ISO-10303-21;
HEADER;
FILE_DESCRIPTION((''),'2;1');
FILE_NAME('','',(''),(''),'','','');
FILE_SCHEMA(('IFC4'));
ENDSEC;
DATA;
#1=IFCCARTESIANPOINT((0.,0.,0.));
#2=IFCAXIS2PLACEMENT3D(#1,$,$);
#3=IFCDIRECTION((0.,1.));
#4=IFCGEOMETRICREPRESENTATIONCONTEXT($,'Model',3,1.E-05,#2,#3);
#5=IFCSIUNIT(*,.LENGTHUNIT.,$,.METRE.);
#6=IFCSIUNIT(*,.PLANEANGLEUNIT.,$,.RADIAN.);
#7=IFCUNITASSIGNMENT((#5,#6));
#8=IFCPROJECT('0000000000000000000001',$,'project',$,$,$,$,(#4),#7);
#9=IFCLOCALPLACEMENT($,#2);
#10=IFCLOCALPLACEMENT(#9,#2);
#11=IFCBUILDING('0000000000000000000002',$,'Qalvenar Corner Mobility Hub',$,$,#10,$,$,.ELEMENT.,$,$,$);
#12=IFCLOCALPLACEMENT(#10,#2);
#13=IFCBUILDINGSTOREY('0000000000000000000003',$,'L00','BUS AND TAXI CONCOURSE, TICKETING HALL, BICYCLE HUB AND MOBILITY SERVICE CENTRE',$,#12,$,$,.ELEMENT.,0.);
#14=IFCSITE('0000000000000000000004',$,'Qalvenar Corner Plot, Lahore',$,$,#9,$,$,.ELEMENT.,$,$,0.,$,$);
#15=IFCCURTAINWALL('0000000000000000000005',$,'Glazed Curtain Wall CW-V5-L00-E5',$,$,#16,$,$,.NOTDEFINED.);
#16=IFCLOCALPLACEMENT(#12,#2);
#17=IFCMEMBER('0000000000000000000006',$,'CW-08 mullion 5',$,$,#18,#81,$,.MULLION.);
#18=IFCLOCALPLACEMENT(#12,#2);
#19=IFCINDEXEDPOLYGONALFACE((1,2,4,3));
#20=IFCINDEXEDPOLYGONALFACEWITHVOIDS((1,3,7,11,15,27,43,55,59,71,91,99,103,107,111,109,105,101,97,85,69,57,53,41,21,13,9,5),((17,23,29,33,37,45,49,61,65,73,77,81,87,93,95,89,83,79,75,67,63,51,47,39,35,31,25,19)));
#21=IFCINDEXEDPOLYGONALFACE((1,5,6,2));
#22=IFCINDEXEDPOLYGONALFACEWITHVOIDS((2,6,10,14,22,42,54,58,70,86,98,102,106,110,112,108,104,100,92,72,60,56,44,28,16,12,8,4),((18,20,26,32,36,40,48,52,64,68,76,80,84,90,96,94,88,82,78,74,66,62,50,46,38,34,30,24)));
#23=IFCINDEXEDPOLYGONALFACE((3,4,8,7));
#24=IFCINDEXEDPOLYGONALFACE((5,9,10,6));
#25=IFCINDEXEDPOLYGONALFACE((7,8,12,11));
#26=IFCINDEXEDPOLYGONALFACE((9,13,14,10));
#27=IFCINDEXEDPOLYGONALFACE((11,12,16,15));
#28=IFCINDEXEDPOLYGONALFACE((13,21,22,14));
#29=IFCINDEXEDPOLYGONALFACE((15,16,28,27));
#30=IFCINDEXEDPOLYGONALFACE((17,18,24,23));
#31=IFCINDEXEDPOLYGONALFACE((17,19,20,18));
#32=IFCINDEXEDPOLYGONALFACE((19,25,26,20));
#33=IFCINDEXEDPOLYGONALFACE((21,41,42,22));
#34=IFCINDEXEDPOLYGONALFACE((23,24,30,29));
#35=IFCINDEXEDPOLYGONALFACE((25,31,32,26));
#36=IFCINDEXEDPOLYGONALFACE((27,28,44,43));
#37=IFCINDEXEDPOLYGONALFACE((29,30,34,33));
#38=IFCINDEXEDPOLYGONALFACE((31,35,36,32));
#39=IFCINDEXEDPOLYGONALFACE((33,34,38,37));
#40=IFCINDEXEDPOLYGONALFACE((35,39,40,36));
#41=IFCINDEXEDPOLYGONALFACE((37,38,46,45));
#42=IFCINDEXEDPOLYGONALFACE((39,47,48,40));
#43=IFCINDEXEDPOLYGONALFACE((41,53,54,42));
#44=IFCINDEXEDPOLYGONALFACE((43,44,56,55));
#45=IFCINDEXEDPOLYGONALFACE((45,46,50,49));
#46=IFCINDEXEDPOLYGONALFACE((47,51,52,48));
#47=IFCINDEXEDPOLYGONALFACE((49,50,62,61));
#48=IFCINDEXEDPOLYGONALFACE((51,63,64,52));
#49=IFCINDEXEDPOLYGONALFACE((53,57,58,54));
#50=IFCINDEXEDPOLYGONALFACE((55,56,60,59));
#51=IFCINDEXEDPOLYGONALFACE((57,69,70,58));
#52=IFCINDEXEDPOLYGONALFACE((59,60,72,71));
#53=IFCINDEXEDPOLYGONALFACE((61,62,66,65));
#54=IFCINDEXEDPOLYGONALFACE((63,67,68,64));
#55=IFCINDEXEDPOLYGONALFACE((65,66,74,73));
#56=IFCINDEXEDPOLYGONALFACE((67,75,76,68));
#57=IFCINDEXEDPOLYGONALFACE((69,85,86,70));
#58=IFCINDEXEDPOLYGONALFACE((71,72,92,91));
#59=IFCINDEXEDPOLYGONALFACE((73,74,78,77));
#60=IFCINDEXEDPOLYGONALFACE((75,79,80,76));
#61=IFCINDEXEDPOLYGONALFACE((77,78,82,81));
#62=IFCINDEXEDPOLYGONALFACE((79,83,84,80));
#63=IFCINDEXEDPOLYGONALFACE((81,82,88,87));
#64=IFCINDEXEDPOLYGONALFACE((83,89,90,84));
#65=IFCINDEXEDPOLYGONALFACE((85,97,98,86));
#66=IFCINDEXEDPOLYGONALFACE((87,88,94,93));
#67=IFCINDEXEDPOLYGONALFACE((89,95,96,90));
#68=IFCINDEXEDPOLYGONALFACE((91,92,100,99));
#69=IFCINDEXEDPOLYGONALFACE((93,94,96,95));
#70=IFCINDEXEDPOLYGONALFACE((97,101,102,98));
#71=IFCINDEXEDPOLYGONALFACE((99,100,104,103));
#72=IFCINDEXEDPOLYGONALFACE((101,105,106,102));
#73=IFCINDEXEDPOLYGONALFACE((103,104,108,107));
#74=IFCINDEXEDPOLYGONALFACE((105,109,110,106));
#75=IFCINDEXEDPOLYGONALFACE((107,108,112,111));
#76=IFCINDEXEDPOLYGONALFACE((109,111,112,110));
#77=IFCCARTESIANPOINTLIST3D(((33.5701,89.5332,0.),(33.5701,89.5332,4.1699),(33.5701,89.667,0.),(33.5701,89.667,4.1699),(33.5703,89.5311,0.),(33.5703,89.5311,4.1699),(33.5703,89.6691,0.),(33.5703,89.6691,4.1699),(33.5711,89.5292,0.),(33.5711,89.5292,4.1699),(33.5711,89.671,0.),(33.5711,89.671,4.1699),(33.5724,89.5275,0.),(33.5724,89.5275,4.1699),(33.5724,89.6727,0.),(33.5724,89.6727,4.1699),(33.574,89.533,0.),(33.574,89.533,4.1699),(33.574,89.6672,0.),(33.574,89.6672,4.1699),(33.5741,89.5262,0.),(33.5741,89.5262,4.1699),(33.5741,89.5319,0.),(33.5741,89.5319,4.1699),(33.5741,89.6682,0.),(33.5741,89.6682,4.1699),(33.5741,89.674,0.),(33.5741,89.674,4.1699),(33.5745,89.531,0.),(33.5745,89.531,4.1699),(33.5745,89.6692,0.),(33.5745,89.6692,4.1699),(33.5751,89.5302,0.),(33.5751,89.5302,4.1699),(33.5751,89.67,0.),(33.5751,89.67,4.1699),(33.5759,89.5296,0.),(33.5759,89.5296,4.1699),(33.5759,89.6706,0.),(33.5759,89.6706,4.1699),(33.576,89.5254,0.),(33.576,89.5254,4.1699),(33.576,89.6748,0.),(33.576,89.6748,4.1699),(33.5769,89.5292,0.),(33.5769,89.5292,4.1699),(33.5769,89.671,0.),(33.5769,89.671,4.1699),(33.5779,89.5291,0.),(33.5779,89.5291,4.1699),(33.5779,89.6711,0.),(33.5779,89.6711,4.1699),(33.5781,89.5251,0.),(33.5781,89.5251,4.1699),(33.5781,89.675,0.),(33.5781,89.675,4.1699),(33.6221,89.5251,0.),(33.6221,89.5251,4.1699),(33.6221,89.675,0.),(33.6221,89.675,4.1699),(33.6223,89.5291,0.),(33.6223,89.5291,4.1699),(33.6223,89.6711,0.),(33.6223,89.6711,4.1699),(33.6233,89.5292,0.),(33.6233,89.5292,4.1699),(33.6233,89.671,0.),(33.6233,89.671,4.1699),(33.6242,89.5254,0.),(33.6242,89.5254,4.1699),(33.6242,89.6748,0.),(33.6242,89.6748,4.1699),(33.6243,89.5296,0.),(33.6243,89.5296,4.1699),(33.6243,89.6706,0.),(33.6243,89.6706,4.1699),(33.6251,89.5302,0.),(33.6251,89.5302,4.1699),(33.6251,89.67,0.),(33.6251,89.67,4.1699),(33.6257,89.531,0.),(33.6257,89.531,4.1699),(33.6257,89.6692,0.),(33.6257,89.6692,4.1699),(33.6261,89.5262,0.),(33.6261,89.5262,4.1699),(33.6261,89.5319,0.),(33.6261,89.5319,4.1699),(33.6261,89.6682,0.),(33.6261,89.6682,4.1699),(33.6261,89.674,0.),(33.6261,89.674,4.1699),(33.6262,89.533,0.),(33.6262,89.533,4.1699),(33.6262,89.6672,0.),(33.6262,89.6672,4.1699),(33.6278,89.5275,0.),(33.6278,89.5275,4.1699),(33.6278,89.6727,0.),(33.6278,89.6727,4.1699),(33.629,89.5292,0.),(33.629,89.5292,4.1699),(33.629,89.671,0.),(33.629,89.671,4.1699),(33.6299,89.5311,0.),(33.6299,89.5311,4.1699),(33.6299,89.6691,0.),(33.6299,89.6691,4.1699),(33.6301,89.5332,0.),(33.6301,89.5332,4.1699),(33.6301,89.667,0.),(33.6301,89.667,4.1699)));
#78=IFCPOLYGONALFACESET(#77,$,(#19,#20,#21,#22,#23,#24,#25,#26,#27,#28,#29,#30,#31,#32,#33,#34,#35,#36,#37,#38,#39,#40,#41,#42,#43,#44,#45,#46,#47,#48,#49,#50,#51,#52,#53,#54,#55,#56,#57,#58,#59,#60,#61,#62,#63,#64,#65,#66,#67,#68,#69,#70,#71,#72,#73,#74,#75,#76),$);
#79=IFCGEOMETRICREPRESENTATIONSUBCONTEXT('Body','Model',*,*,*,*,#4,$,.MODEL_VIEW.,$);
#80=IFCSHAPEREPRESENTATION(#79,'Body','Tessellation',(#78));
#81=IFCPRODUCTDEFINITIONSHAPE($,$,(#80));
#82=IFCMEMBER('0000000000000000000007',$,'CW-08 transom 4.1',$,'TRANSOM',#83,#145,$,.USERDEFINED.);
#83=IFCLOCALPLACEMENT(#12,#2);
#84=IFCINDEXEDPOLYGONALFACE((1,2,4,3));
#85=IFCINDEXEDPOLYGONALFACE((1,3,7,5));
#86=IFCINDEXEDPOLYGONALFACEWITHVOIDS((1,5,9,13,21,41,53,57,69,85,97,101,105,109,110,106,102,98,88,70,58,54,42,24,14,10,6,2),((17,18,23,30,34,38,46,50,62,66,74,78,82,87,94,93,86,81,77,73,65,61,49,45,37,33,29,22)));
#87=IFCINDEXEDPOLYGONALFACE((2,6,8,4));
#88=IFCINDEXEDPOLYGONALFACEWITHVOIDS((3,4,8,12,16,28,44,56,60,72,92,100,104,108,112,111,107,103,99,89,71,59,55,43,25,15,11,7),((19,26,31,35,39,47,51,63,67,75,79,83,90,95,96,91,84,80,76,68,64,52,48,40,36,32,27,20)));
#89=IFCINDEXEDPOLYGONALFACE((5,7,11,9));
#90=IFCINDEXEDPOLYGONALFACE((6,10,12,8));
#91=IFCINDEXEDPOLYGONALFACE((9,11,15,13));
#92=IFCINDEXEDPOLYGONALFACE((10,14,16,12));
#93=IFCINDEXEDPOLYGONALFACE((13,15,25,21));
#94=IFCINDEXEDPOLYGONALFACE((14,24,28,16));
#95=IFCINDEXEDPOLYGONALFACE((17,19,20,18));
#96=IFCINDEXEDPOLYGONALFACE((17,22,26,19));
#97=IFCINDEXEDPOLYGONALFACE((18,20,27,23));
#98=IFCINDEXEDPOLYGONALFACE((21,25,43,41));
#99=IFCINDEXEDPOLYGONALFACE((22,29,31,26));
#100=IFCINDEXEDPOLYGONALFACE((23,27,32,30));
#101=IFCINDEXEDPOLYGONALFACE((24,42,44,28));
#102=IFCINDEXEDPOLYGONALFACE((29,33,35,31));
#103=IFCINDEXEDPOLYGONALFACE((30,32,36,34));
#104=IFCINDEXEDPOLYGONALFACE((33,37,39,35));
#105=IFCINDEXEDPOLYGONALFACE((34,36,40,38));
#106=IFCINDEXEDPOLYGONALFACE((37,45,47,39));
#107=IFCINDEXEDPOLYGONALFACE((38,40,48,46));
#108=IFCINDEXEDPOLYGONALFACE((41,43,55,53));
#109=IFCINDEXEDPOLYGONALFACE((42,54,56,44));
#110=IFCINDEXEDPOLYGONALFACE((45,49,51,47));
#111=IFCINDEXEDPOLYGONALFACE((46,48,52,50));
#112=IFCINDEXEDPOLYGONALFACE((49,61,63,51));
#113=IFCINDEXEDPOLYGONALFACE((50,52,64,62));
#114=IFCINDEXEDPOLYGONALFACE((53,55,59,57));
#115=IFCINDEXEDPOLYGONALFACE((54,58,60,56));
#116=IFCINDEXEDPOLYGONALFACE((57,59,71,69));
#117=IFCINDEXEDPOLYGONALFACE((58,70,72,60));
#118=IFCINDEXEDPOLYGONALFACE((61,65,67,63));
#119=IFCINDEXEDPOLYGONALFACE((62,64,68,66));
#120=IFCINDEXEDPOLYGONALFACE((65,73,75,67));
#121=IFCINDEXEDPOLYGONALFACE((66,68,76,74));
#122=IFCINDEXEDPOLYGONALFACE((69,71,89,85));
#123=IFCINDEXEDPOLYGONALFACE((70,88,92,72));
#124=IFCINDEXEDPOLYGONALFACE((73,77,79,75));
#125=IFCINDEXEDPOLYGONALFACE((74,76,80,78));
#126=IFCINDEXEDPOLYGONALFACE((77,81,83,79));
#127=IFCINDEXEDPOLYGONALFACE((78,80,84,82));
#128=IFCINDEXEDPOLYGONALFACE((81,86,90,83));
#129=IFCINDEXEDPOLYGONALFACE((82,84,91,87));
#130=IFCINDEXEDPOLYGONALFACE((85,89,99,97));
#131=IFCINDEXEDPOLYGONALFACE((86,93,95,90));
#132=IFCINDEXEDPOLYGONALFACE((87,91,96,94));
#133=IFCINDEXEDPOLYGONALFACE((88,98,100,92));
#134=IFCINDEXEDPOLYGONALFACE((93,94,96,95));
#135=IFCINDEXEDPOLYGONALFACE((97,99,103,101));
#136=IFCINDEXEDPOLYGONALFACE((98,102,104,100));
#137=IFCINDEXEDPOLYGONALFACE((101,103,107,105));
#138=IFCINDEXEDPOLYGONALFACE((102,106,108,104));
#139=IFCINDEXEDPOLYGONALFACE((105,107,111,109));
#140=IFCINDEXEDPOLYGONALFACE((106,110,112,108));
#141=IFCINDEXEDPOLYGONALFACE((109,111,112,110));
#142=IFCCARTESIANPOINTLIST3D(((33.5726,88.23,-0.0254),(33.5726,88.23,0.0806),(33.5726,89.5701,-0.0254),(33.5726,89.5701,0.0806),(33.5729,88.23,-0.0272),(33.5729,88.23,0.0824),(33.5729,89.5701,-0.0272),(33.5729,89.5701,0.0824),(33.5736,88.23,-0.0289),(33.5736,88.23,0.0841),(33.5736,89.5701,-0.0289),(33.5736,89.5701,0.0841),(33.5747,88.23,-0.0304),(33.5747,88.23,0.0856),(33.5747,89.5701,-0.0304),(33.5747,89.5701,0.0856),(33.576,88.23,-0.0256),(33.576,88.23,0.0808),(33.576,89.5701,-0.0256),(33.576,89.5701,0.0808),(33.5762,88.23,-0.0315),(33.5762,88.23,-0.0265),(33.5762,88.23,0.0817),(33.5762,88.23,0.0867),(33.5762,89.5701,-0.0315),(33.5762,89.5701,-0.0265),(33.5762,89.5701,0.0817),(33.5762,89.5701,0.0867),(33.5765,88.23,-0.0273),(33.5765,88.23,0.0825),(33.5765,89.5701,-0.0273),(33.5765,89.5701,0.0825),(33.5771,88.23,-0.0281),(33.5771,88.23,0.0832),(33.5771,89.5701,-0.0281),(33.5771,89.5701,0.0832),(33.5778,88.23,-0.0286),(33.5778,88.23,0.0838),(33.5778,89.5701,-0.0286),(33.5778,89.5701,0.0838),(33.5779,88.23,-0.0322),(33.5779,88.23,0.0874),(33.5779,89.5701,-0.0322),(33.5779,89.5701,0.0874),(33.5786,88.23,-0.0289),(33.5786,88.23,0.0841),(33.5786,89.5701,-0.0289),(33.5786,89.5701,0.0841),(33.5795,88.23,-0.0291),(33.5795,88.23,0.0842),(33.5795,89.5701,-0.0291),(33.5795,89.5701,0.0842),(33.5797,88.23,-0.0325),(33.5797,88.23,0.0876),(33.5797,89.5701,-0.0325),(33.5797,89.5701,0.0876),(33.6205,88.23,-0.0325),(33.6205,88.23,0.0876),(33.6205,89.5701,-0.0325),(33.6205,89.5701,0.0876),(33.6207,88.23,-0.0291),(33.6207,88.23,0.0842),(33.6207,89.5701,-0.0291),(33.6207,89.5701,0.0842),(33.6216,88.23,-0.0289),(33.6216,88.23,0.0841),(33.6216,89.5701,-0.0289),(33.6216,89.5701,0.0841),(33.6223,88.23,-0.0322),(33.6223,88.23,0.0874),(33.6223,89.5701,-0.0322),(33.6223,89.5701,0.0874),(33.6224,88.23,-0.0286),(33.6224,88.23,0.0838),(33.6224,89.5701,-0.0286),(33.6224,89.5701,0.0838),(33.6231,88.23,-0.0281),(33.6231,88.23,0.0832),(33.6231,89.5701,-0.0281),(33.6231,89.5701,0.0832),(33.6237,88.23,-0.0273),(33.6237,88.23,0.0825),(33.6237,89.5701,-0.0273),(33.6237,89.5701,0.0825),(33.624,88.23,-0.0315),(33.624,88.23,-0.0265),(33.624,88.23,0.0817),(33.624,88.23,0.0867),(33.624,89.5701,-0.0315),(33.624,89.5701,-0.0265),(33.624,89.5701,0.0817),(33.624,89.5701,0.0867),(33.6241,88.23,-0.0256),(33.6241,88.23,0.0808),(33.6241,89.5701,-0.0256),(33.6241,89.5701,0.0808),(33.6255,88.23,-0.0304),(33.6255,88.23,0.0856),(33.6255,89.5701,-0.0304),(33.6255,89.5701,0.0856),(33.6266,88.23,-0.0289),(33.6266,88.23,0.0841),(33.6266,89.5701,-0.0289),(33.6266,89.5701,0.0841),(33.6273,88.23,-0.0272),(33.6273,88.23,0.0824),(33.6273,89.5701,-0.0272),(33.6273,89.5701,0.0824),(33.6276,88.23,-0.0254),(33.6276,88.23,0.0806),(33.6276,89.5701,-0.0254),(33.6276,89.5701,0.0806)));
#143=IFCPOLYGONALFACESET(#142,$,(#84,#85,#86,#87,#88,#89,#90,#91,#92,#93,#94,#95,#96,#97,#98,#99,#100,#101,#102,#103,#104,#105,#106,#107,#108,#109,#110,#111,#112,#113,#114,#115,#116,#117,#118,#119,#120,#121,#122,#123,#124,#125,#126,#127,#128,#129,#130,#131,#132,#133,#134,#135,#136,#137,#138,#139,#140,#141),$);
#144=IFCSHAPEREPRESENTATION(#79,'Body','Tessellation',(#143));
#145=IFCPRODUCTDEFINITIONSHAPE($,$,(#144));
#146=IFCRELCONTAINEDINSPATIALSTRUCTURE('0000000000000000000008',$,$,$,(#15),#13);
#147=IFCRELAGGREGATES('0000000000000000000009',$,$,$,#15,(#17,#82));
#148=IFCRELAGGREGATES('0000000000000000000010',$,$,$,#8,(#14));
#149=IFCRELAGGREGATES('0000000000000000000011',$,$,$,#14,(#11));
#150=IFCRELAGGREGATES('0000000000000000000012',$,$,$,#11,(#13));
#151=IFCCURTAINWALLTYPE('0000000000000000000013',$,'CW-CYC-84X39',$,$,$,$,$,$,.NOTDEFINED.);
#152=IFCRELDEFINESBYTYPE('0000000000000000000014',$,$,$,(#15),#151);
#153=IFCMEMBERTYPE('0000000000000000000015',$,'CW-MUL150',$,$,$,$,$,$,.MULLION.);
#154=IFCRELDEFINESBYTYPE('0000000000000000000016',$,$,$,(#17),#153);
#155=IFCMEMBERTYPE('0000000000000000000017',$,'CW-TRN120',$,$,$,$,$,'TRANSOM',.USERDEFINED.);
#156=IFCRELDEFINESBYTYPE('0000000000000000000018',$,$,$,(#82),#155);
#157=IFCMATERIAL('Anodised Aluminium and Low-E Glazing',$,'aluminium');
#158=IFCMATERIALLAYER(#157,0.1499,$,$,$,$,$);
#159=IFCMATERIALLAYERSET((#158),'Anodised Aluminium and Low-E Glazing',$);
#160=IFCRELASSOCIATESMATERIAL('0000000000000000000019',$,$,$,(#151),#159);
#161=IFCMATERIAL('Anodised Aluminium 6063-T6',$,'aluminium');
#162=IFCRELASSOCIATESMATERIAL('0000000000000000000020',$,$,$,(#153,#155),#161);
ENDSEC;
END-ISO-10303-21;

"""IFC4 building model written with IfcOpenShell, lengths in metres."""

from ifc_helpers import new_model, si_unit, direction, frame, origin, origin_2d, place, context, subcontext, project, spatial, hollow_rectangle, extrude, material, layer, layer_set, material_profile, profile_set, type_object, element, aggregate, save


model = new_model("IFC4")

# Units and contexts
model_context = context("Model", 3, precision=1e-05, world=origin(), true_north=direction((0.0, 1.0)))
body_context = subcontext(model_context, "Body", "Model", "MODEL_VIEW")
ifc_project = project(units=[si_unit("LENGTHUNIT", "METRE"), si_unit("PLANEANGLEUNIT", "RADIAN")], contexts=[model_context])

# Site, building, storey
site_placement = place(None, origin())
site = spatial("IfcSite", under=ifc_project, at=site_placement, Name="Qalvenar Corner Plot, Lahore", CompositionType="ELEMENT", RefElevation=0.0)
building_placement = place(site_placement, origin())
building = spatial("IfcBuilding", under=site, at=building_placement, Name="Qalvenar Corner Mobility Hub", CompositionType="ELEMENT")
storey_placement = place(building_placement, origin())
storey = spatial("IfcBuildingStorey", under=building, at=storey_placement, Name="L00", Description="BUS AND TAXI CONCOURSE, TICKETING HALL, BICYCLE HUB AND MOBILITY SERVICE CENTRE", CompositionType="ELEMENT", Elevation=0.0)

# Curtain wall, members
ifc_material_1 = material(Name="Anodised Aluminium and Low-E Glazing", Category="aluminium")
ifc_layer_1 = layer(ifc_material_1, 0.1499)
ifc_layer_set_1 = layer_set([ifc_layer_1], Name="Anodised Aluminium and Low-E Glazing")
curtain_wall_type = type_object("IfcCurtainWallType", Name="CW-CYC-84X39", PredefinedType="NOTDEFINED", material=ifc_layer_set_1)
curtain_wall_placement = place(storey_placement, origin())
curtain_wall = element("IfcCurtainWall", 1, at=curtain_wall_placement, inside=storey, type_object=curtain_wall_type, Name="Glazed Curtain Wall CW-V5-L00-E5", PredefinedType="NOTDEFINED")
ifc_material_2 = material(Name="Anodised Aluminium 6063-T6", Category="aluminium")
ifc_material_profile_1 = material_profile(ifc_material_2, hollow_rectangle(XDim=0.0601, YDim=0.1499, WallThickness=0.0039, InnerFilletRadius=0.0039, OuterFilletRadius=0.0081, at=origin_2d()), Name="RHS150x60x4")
ifc_profile_set_1 = profile_set([ifc_material_profile_1], Name="Anodised Aluminium 6063-T6")
member_type_1 = type_object("IfcMemberType", Name="CW-MUL150", PredefinedType="MULLION", material=ifc_profile_set_1)
member_1_placement = place(storey_placement, frame((33.6001, 89.6001, 0.0), z_axis=(0.0, 0.0, 1.0), x_axis=(-1.0, 0.0, 0.0)))
member_1 = element("IfcMember", 2, at=member_1_placement, type_object=member_type_1, Name="CW-08 mullion 5", PredefinedType="MULLION", context=body_context, shape_type="SweptSolid", body=[
    extrude(hollow_rectangle(XDim=0.0601, YDim=0.1499, WallThickness=0.0039, InnerFilletRadius=0.0039, OuterFilletRadius=0.0081, at=origin_2d()), origin(), (0.0, 0.0, 1.0), 4.1699),
])
ifc_material_profile_2 = material_profile(ifc_material_2, hollow_rectangle(XDim=0.0549, YDim=0.1201, WallThickness=0.0034, InnerFilletRadius=0.0034, OuterFilletRadius=0.0071, at=origin_2d()), Name="RHS120x55x3.5")
ifc_profile_set_2 = profile_set([ifc_material_profile_2], Name="Anodised Aluminium 6063-T6")
member_type_2 = type_object("IfcMemberType", Name="CW-TRN120", ElementType="TRANSOM", PredefinedType="USERDEFINED", material=ifc_profile_set_2)
member_2_placement = place(storey_placement, frame((33.6001, 88.23, 0.0276), z_axis=(0.0, 1.0, 0.0), x_axis=(-1.0, 0.0, 0.0)))
member_2 = element("IfcMember", 3, at=member_2_placement, type_object=member_type_2, Name="CW-08 transom 4.1", ObjectType="TRANSOM", PredefinedType="USERDEFINED", context=body_context, shape_type="SweptSolid", body=[
    extrude(hollow_rectangle(XDim=0.0549, YDim=0.1201, WallThickness=0.0034, InnerFilletRadius=0.0034, OuterFilletRadius=0.0071, at=origin_2d()), origin(), (0.0, 0.0, 1.0), 1.3401),
])
aggregate(curtain_wall, [member_1, member_2])

save(model, "model.ifc")
